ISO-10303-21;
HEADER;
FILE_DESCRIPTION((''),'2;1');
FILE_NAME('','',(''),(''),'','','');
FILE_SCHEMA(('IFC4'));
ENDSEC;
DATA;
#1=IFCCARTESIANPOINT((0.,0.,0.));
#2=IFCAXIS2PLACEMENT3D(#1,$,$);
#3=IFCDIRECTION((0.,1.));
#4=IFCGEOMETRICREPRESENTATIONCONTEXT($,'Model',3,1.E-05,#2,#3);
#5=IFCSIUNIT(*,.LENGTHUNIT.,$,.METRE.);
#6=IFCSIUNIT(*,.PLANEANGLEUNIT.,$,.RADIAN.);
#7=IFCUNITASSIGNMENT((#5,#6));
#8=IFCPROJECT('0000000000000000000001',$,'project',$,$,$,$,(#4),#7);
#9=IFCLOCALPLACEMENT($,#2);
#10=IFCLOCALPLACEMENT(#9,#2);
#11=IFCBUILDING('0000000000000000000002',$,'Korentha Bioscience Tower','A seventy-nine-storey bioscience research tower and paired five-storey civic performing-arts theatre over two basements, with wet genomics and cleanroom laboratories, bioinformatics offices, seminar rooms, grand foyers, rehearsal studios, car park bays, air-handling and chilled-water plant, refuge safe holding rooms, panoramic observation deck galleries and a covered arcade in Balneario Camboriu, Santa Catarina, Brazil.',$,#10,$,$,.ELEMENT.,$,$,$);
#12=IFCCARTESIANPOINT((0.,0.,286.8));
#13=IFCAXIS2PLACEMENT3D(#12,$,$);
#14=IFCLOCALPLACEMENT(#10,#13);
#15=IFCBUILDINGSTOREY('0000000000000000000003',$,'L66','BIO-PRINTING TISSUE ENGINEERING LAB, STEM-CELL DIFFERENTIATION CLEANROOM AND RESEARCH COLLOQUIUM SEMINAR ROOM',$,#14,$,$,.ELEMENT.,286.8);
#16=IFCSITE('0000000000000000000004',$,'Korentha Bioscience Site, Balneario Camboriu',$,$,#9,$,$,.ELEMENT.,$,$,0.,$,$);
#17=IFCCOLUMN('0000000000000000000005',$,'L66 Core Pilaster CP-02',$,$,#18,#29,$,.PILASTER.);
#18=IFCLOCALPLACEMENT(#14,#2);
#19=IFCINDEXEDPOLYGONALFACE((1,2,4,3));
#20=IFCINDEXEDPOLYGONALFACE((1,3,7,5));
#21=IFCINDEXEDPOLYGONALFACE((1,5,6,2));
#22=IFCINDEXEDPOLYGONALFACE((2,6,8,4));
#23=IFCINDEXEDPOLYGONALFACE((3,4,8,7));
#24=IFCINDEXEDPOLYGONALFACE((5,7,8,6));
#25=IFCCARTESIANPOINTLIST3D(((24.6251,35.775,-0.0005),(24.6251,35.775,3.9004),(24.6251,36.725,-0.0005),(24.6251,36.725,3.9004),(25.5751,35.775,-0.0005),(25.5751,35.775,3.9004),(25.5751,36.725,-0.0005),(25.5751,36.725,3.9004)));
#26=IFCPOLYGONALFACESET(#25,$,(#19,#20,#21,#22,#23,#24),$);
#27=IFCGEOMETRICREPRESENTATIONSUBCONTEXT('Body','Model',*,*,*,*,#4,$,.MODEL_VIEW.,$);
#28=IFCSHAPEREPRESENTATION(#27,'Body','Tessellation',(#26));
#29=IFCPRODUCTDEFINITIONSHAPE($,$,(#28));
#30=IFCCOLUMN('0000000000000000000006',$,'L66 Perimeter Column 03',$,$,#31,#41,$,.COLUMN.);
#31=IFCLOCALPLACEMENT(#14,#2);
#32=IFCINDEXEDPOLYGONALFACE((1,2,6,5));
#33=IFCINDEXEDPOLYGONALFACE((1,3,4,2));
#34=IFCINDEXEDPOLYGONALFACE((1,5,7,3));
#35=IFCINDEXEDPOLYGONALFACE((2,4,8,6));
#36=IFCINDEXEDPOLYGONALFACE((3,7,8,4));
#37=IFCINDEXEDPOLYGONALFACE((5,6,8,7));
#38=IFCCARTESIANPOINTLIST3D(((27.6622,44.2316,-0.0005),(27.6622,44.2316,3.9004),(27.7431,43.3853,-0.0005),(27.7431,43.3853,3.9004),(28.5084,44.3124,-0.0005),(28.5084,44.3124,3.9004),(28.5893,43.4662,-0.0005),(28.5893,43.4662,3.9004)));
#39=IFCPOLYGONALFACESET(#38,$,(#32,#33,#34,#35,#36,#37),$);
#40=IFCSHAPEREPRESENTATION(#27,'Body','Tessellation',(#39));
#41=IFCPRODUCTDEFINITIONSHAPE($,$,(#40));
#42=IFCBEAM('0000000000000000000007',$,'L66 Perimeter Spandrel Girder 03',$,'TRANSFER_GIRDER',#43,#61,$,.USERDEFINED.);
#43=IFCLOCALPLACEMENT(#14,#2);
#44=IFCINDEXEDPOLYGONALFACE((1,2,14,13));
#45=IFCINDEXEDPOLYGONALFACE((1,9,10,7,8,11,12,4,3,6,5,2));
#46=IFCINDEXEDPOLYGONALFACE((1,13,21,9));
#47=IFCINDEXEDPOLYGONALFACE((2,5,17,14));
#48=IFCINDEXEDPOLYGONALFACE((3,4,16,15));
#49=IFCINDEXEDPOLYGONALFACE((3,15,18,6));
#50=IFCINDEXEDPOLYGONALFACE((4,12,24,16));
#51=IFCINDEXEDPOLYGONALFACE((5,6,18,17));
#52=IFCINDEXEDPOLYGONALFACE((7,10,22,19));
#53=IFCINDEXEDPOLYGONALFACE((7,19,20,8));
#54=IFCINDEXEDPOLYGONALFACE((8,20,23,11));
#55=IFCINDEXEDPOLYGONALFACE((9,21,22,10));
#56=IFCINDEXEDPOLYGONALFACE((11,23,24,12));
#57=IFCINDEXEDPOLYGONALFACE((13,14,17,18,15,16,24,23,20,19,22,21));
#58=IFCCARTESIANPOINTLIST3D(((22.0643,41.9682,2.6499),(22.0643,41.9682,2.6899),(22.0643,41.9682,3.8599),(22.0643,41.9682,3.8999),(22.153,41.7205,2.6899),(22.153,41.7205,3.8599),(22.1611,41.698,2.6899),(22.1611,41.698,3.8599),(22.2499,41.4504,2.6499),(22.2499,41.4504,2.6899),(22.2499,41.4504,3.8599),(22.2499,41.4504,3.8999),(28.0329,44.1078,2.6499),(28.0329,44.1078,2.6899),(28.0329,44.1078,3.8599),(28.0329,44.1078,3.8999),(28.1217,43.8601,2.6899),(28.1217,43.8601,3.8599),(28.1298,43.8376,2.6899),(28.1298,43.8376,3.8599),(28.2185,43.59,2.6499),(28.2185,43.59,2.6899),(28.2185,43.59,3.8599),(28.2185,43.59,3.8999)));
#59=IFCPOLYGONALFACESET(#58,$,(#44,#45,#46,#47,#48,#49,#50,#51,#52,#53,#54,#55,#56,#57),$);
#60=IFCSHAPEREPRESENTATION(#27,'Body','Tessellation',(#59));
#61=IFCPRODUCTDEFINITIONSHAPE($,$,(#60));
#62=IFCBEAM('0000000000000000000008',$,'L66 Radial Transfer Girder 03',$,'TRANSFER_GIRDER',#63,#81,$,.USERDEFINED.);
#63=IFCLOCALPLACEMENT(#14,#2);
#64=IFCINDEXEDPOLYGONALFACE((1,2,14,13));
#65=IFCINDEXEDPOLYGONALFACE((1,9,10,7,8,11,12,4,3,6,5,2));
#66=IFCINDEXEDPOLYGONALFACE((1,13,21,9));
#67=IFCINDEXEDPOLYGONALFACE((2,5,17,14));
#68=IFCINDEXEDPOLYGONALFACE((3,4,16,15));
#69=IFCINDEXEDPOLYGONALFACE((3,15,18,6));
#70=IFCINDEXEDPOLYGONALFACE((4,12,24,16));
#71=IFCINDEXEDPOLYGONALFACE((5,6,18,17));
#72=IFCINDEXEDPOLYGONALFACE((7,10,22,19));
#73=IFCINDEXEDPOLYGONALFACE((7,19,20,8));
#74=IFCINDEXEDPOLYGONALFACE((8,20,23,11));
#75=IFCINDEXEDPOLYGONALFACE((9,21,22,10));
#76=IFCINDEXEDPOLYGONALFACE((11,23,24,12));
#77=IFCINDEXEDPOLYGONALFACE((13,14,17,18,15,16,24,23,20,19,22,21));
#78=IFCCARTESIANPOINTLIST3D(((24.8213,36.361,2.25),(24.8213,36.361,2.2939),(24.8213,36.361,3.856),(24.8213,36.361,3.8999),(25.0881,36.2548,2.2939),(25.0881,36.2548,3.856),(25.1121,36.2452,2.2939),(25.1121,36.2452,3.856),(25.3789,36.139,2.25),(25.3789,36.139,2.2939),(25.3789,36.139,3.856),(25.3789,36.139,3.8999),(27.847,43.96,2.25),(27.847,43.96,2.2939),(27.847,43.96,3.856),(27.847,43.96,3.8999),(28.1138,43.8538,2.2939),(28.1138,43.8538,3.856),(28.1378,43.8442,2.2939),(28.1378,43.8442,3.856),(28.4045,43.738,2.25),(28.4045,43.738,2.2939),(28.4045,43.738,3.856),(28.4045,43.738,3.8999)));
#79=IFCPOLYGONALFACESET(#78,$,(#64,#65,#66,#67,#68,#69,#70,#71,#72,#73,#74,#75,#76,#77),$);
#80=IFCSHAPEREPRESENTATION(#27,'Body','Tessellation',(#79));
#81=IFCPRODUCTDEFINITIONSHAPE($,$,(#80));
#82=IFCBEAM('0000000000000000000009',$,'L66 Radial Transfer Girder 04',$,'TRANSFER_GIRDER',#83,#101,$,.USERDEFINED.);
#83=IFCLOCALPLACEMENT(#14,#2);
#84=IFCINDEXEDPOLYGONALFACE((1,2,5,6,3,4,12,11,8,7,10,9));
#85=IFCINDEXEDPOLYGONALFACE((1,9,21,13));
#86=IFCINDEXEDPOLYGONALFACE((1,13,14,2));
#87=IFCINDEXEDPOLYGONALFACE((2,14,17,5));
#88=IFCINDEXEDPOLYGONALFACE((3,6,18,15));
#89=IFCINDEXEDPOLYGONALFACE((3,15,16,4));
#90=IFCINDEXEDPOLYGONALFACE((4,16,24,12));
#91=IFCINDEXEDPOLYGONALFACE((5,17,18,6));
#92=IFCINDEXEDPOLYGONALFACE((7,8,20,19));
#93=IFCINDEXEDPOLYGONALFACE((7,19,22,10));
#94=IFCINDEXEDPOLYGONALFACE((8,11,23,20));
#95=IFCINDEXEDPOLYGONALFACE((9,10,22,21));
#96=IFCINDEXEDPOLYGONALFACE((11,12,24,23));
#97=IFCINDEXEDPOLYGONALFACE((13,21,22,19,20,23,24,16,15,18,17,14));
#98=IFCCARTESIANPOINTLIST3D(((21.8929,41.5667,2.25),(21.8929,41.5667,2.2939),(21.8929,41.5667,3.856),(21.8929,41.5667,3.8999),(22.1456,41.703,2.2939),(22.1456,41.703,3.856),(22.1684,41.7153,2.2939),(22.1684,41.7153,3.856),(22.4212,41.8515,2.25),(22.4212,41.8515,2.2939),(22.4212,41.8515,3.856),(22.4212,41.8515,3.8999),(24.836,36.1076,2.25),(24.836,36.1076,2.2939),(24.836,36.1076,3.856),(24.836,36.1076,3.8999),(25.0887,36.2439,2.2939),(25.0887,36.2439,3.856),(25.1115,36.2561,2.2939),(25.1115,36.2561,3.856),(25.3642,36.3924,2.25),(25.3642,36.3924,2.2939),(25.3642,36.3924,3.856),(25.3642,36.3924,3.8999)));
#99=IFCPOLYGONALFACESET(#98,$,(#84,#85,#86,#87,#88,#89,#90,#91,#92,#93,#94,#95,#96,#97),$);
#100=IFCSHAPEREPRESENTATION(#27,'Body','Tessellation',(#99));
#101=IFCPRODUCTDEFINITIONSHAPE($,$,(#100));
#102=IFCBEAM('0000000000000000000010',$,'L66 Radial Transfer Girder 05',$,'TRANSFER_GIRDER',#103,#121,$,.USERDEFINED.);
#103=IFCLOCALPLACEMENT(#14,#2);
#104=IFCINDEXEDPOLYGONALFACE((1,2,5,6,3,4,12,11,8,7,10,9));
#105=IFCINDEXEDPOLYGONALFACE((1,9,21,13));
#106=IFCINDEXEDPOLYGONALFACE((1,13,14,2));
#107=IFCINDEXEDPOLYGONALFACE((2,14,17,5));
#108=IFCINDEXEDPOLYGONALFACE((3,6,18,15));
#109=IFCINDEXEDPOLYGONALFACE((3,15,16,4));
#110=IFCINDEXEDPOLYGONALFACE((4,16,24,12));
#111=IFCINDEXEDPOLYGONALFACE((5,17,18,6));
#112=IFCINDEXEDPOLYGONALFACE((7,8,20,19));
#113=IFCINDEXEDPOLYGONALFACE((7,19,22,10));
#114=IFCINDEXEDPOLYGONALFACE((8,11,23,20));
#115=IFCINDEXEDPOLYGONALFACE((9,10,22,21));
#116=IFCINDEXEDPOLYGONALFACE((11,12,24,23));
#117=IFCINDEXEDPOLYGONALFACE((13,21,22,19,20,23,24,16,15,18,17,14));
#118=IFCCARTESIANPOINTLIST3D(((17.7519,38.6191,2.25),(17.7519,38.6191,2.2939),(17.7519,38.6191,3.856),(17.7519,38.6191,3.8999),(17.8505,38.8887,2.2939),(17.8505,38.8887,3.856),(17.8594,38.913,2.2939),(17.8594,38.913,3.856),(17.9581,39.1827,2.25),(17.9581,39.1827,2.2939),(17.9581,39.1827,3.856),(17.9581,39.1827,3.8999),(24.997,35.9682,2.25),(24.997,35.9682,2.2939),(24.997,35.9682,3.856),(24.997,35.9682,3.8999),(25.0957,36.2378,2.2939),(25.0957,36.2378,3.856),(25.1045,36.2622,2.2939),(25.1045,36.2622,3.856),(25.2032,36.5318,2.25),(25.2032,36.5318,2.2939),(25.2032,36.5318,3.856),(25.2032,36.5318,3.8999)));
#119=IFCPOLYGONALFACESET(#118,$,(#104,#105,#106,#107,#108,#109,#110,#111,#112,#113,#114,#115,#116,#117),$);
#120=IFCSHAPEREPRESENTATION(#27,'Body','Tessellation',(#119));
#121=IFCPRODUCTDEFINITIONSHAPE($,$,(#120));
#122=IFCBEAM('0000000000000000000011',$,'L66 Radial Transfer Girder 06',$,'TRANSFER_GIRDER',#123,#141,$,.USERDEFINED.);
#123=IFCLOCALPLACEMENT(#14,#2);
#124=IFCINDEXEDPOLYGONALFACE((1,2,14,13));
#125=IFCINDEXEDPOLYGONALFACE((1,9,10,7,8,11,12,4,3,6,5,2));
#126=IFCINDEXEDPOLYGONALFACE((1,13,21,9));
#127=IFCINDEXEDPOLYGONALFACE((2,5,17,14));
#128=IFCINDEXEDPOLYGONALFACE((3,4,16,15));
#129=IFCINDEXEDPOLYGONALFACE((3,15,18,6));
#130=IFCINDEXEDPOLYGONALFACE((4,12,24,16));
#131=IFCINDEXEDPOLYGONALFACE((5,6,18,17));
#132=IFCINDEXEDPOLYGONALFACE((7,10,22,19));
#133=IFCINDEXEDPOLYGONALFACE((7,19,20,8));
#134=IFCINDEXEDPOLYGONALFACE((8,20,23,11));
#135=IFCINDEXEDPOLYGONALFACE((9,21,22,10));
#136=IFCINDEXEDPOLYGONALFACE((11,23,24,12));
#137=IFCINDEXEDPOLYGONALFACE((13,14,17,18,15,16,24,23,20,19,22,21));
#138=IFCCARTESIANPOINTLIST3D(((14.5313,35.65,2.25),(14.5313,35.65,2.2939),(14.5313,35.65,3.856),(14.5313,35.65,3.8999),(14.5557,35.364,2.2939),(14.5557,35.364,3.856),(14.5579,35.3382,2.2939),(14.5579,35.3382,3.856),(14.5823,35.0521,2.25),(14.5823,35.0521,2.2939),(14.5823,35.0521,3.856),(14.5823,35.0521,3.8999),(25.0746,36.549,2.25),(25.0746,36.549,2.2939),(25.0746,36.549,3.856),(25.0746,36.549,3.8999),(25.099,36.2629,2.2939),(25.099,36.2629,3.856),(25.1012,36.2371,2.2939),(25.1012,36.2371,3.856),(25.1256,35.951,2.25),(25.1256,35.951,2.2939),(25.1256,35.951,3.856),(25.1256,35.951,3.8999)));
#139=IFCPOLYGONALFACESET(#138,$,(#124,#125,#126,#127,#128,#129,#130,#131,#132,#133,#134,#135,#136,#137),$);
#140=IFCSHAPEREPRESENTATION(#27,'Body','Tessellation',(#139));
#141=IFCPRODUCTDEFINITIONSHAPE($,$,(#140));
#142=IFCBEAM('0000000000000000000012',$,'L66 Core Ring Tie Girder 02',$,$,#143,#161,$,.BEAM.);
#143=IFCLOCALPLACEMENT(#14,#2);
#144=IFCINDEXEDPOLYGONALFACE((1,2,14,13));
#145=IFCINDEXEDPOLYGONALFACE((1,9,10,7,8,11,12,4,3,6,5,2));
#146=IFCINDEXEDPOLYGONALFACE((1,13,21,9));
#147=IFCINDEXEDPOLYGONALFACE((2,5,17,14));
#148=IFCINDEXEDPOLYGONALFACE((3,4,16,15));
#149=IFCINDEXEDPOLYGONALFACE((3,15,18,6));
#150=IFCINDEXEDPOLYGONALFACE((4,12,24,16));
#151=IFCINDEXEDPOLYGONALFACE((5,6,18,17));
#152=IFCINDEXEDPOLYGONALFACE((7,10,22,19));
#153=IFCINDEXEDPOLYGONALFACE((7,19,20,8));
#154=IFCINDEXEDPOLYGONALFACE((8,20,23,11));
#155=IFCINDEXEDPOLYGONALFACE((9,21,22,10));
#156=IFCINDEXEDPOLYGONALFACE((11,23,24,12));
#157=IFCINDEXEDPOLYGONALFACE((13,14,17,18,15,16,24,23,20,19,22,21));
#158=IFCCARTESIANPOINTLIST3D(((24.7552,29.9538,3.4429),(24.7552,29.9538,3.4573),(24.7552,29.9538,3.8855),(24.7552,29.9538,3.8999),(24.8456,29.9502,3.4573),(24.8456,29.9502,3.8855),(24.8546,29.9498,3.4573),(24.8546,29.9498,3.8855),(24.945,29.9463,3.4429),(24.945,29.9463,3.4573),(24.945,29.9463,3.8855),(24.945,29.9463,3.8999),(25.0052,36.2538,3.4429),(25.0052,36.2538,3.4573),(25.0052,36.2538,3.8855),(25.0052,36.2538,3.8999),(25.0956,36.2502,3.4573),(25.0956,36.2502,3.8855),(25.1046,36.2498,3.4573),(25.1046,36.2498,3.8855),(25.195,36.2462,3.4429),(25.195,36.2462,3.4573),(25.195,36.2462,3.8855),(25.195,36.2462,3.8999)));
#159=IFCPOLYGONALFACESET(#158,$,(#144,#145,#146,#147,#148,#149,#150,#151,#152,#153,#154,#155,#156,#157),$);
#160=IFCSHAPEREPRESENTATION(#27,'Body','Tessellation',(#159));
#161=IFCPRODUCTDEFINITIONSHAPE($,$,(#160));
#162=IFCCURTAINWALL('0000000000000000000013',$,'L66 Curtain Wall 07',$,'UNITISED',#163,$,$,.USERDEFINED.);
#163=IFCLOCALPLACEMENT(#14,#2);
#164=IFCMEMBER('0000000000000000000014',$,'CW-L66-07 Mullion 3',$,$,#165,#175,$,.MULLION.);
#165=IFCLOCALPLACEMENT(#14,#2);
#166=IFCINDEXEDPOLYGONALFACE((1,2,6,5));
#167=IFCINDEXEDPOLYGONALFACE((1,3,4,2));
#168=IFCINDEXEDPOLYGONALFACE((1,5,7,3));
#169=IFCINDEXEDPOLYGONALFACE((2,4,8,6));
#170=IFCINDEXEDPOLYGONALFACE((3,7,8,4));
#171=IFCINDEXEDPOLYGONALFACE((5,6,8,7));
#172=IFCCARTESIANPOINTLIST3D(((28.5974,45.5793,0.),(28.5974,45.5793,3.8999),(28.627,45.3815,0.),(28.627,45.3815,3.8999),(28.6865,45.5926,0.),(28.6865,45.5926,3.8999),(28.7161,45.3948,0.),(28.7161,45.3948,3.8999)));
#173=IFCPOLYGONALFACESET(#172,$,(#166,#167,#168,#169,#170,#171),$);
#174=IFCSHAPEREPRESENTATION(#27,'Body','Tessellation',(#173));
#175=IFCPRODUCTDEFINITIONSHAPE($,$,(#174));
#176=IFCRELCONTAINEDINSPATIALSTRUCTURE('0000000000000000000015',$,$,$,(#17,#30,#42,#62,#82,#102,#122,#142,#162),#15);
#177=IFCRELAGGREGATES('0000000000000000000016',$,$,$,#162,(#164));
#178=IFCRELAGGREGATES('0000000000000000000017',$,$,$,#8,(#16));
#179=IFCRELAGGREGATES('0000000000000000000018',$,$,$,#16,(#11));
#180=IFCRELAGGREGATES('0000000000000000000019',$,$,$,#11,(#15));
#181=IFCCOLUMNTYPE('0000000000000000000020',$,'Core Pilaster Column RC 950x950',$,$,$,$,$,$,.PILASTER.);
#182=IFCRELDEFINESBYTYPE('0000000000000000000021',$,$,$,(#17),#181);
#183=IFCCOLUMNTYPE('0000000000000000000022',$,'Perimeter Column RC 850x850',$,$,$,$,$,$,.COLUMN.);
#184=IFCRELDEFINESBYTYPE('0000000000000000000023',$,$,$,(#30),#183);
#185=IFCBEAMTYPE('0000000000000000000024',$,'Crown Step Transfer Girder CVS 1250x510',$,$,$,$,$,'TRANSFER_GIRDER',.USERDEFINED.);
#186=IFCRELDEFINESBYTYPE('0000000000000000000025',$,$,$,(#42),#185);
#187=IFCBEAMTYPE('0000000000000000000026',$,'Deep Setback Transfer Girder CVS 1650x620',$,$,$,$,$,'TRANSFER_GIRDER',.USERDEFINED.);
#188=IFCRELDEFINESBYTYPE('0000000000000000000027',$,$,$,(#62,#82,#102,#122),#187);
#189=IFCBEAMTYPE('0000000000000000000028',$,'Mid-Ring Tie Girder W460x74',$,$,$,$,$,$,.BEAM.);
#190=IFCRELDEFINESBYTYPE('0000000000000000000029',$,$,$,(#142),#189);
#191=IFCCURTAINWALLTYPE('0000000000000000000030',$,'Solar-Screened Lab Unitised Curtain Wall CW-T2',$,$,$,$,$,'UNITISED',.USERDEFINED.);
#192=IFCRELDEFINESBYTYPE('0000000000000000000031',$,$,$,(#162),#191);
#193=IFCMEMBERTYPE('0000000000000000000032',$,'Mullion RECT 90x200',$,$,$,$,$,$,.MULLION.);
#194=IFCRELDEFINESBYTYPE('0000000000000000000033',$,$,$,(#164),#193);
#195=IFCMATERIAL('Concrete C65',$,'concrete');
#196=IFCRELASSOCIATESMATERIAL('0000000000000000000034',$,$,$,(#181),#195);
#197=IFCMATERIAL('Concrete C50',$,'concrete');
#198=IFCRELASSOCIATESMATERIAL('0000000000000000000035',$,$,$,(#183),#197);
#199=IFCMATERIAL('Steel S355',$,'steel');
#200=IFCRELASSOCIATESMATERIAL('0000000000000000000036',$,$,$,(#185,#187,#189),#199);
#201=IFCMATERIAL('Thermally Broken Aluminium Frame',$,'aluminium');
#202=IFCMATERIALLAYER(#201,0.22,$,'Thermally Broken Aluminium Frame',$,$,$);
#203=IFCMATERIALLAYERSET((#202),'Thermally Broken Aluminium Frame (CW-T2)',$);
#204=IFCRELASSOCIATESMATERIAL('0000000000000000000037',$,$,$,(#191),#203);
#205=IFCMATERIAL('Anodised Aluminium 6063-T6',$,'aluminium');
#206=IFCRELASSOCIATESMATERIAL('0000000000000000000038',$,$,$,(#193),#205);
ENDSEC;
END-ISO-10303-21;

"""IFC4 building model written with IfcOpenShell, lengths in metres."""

from ifc_helpers import new_model, si_unit, direction, frame, origin, origin_2d, place, context, subcontext, project, spatial, rectangle, i_section, extrude, material, layer, layer_set, material_profile, profile_set, type_object, element, aggregate, save


model = new_model("IFC4")

# Units and contexts
model_context = context("Model", 3, precision=1e-05, world=origin(), true_north=direction((0.0, 1.0)))
body_context = subcontext(model_context, "Body", "Model", "MODEL_VIEW")
ifc_project = project(units=[si_unit("LENGTHUNIT", "METRE"), si_unit("PLANEANGLEUNIT", "RADIAN")], contexts=[model_context])

# Site, building, storey
site_placement = place(None, origin())
site = spatial("IfcSite", under=ifc_project, at=site_placement, Name="Korentha Bioscience Site, Balneario Camboriu", CompositionType="ELEMENT", RefElevation=0.0)
building_placement = place(site_placement, origin())
building = spatial("IfcBuilding", under=site, at=building_placement, Name="Korentha Bioscience Tower", Description="A seventy-nine-storey bioscience research tower and paired five-storey civic performing-arts theatre over two basements, with wet genomics and cleanroom laboratories, bioinformatics offices, seminar rooms, grand foyers, rehearsal studios, car park bays, air-handling and chilled-water plant, refuge safe holding rooms, panoramic observation deck galleries and a covered arcade in Balneario Camboriu, Santa Catarina, Brazil.", CompositionType="ELEMENT")
storey_placement = place(building_placement, frame((0.0, 0.0, 286.8)))
storey = spatial("IfcBuildingStorey", under=building, at=storey_placement, Name="L66", Description="BIO-PRINTING TISSUE ENGINEERING LAB, STEM-CELL DIFFERENTIATION CLEANROOM AND RESEARCH COLLOQUIUM SEMINAR ROOM", CompositionType="ELEMENT", Elevation=286.8)

# Columns
ifc_material_1 = material(Name="Concrete C65", Category="concrete")
ifc_material_profile_1 = material_profile(ifc_material_1, rectangle(XDim=0.95, YDim=0.95, at=origin_2d()), Name="Concrete C65")
ifc_profile_set_1 = profile_set([ifc_material_profile_1], Name="Concrete C65 (COL-CP09)")
column_type_1 = type_object("IfcColumnType", Name="Core Pilaster Column RC 950x950", PredefinedType="PILASTER", material=ifc_profile_set_1)
column_1_placement = place(storey_placement, frame((25.1001, 36.25, -0.0005), z_axis=(0.0, 0.0, 1.0), x_axis=(1.0, 0.0, 0.0)))
element("IfcColumn", 1, at=column_1_placement, inside=storey, type_object=column_type_1, Name="L66 Core Pilaster CP-02", PredefinedType="PILASTER", context=body_context, shape_type="SweptSolid", body=[
    extrude(rectangle(XDim=0.95, YDim=0.95, at=origin_2d()), origin(), (0.0, 0.0, 1.0), 3.9009),
])
ifc_material_2 = material(Name="Concrete C50", Category="concrete")
ifc_material_profile_2 = material_profile(ifc_material_2, rectangle(XDim=0.8501, YDim=0.8501, at=origin_2d()), Name="Concrete C50")
ifc_profile_set_2 = profile_set([ifc_material_profile_2], Name="Concrete C50 (COL-P08)")
column_type_2 = type_object("IfcColumnType", Name="Perimeter Column RC 850x850", PredefinedType="COLUMN", material=ifc_profile_set_2)
column_2_placement = place(storey_placement, frame((28.1257, 43.8489, -0.0005), z_axis=(0.0, 0.0, 1.0), x_axis=(0.995463, 0.095151, 0.0)))
element("IfcColumn", 2, at=column_2_placement, inside=storey, type_object=column_type_2, Name="L66 Perimeter Column 03", PredefinedType="COLUMN", context=body_context, shape_type="SweptSolid", body=[
    extrude(rectangle(XDim=0.8501, YDim=0.8501, at=origin_2d()), origin(), (0.0, 0.0, 1.0), 3.9009),
])

# Beams
ifc_material_3 = material(Name="Steel S355", Category="steel")
ifc_material_profile_3 = material_profile(ifc_material_3, i_section(OverallWidth=0.55, OverallDepth=1.25, WebThickness=0.0239, FlangeThickness=0.04, at=origin_2d()), Name="Steel S355")
ifc_profile_set_3 = profile_set([ifc_material_profile_3], Name="Steel S355 (TG-03)")
beam_type_1 = type_object("IfcBeamType", Name="Crown Step Transfer Girder CVS 1250x510", ElementType="TRANSFER_GIRDER", PredefinedType="USERDEFINED", material=ifc_profile_set_3)
beam_1_placement = place(storey_placement, frame((28.1257, 43.8489, 3.2749), z_axis=(-0.941344, -0.337448, 0.0), x_axis=(0.337448, -0.941344, 0.0)))
element("IfcBeam", 3, at=beam_1_placement, inside=storey, type_object=beam_type_1, Name="L66 Perimeter Spandrel Girder 03", ObjectType="TRANSFER_GIRDER", PredefinedType="USERDEFINED", context=body_context, shape_type="SweptSolid", body=[
    extrude(i_section(OverallWidth=0.55, OverallDepth=1.25, WebThickness=0.0239, FlangeThickness=0.04, at=origin_2d()), origin(), (0.0, 0.0, 1.0), 6.3406),
])
ifc_material_profile_4 = material_profile(ifc_material_3, i_section(OverallWidth=0.6001, OverallDepth=1.6499, WebThickness=0.0259, FlangeThickness=0.0439, at=origin_2d()), Name="Steel S355")
ifc_profile_set_4 = profile_set([ifc_material_profile_4], Name="Steel S355 (TG-04)")
beam_type_2 = type_object("IfcBeamType", Name="Deep Setback Transfer Girder CVS 1650x620", ElementType="TRANSFER_GIRDER", PredefinedType="USERDEFINED", material=ifc_profile_set_4)
beam_2_placement = place(storey_placement, frame((25.1001, 36.25, 3.075), z_axis=(0.369923, 0.929062, 0.0), x_axis=(-0.929062, 0.369923, 0.0)))
element("IfcBeam", 4, at=beam_2_placement, inside=storey, type_object=beam_type_2, Name="L66 Radial Transfer Girder 03", ObjectType="TRANSFER_GIRDER", PredefinedType="USERDEFINED", context=body_context, shape_type="SweptSolid", body=[
    extrude(i_section(OverallWidth=0.6001, OverallDepth=1.6499, WebThickness=0.0259, FlangeThickness=0.0439, at=origin_2d()), origin(), (0.0, 0.0, 1.0), 8.1792),
])
beam_3_placement = place(storey_placement, frame((25.1001, 36.25, 3.075), z_axis=(-0.474541, 0.880233, 0.0), x_axis=(-0.880233, -0.474541, 0.0)))
element("IfcBeam", 5, at=beam_3_placement, inside=storey, type_object=beam_type_2, Name="L66 Radial Transfer Girder 04", ObjectType="TRANSFER_GIRDER", PredefinedType="USERDEFINED", context=body_context, shape_type="SweptSolid", body=[
    extrude(i_section(OverallWidth=0.6001, OverallDepth=1.6499, WebThickness=0.0259, FlangeThickness=0.0439, at=origin_2d()), origin(), (0.0, 0.0, 1.0), 6.2019),
])
beam_4_placement = place(storey_placement, frame((25.1001, 36.25, 3.075), z_axis=(-0.939113, 0.343607, 0.0), x_axis=(-0.343607, -0.939113, 0.0)))
element("IfcBeam", 6, at=beam_4_placement, inside=storey, type_object=beam_type_2, Name="L66 Radial Transfer Girder 05", ObjectType="TRANSFER_GIRDER", PredefinedType="USERDEFINED", context=body_context, shape_type="SweptSolid", body=[
    extrude(i_section(OverallWidth=0.6001, OverallDepth=1.6499, WebThickness=0.0259, FlangeThickness=0.0439, at=origin_2d()), origin(), (0.0, 0.0, 1.0), 7.7148),
])
beam_5_placement = place(storey_placement, frame((25.1001, 36.25, 3.075), z_axis=(-0.996385, -0.084953, 0.0), x_axis=(0.084953, -0.996385, 0.0)))
element("IfcBeam", 7, at=beam_5_placement, inside=storey, type_object=beam_type_2, Name="L66 Radial Transfer Girder 06", ObjectType="TRANSFER_GIRDER", PredefinedType="USERDEFINED", context=body_context, shape_type="SweptSolid", body=[
    extrude(i_section(OverallWidth=0.6001, OverallDepth=1.6499, WebThickness=0.0259, FlangeThickness=0.0439, at=origin_2d()), origin(), (0.0, 0.0, 1.0), 10.5815),
])
ifc_material_profile_5 = material_profile(ifc_material_3, i_section(OverallWidth=0.1899, OverallDepth=0.457, WebThickness=0.009, FlangeThickness=0.0144, at=origin_2d()), Name="Steel S355")
ifc_profile_set_5 = profile_set([ifc_material_profile_5], Name="Steel S355 (MB-460)")
beam_type_3 = type_object("IfcBeamType", Name="Mid-Ring Tie Girder W460x74", PredefinedType="BEAM", material=ifc_profile_set_5)
beam_6_placement = place(storey_placement, frame((25.1001, 36.25, 3.6714), z_axis=(-0.039651, -0.999214, 0.0), x_axis=(0.999214, -0.039651, 0.0)))
element("IfcBeam", 8, at=beam_6_placement, inside=storey, type_object=beam_type_3, Name="L66 Core Ring Tie Girder 02", PredefinedType="BEAM", context=body_context, shape_type="SweptSolid", body=[
    extrude(i_section(OverallWidth=0.1899, OverallDepth=0.457, WebThickness=0.009, FlangeThickness=0.0144, at=origin_2d()), origin(), (0.0, 0.0, 1.0), 6.3049),
])

# Curtain wall, member
ifc_material_4 = material(Name="Thermally Broken Aluminium Frame", Category="aluminium")
ifc_layer_1 = layer(ifc_material_4, 0.22, Name="Thermally Broken Aluminium Frame")
ifc_layer_set_1 = layer_set([ifc_layer_1], Name="Thermally Broken Aluminium Frame (CW-T2)")
curtain_wall_type = type_object("IfcCurtainWallType", Name="Solar-Screened Lab Unitised Curtain Wall CW-T2", ElementType="UNITISED", PredefinedType="USERDEFINED", material=ifc_layer_set_1)
curtain_wall_placement = place(storey_placement, origin())
curtain_wall = element("IfcCurtainWall", 9, at=curtain_wall_placement, inside=storey, type_object=curtain_wall_type, Name="L66 Curtain Wall 07", ObjectType="UNITISED", PredefinedType="USERDEFINED")
ifc_material_5 = material(Name="Anodised Aluminium 6063-T6", Category="aluminium")
ifc_material_profile_6 = material_profile(ifc_material_5, rectangle(XDim=0.0901, YDim=0.2, at=origin_2d()), Name="Anodised Aluminium 6063-T6")
ifc_profile_set_6 = profile_set([ifc_material_profile_6], Name="Anodised Aluminium 6063-T6 (CW-MUL)")
member_type = type_object("IfcMemberType", Name="Mullion RECT 90x200", PredefinedType="MULLION", material=ifc_profile_set_6)
member_placement = place(storey_placement, frame((28.6567, 45.4871, 0.0), z_axis=(0.0, 0.0, 1.0), x_axis=(-0.989007, -0.147871, 0.0)))
member = element("IfcMember", 10, at=member_placement, type_object=member_type, Name="CW-L66-07 Mullion 3", PredefinedType="MULLION", context=body_context, shape_type="SweptSolid", body=[
    extrude(rectangle(XDim=0.0901, YDim=0.2, at=origin_2d()), origin(), (0.0, 0.0, 1.0), 3.8999),
])

aggregate(curtain_wall, [member])

save(model, "model.ifc")
